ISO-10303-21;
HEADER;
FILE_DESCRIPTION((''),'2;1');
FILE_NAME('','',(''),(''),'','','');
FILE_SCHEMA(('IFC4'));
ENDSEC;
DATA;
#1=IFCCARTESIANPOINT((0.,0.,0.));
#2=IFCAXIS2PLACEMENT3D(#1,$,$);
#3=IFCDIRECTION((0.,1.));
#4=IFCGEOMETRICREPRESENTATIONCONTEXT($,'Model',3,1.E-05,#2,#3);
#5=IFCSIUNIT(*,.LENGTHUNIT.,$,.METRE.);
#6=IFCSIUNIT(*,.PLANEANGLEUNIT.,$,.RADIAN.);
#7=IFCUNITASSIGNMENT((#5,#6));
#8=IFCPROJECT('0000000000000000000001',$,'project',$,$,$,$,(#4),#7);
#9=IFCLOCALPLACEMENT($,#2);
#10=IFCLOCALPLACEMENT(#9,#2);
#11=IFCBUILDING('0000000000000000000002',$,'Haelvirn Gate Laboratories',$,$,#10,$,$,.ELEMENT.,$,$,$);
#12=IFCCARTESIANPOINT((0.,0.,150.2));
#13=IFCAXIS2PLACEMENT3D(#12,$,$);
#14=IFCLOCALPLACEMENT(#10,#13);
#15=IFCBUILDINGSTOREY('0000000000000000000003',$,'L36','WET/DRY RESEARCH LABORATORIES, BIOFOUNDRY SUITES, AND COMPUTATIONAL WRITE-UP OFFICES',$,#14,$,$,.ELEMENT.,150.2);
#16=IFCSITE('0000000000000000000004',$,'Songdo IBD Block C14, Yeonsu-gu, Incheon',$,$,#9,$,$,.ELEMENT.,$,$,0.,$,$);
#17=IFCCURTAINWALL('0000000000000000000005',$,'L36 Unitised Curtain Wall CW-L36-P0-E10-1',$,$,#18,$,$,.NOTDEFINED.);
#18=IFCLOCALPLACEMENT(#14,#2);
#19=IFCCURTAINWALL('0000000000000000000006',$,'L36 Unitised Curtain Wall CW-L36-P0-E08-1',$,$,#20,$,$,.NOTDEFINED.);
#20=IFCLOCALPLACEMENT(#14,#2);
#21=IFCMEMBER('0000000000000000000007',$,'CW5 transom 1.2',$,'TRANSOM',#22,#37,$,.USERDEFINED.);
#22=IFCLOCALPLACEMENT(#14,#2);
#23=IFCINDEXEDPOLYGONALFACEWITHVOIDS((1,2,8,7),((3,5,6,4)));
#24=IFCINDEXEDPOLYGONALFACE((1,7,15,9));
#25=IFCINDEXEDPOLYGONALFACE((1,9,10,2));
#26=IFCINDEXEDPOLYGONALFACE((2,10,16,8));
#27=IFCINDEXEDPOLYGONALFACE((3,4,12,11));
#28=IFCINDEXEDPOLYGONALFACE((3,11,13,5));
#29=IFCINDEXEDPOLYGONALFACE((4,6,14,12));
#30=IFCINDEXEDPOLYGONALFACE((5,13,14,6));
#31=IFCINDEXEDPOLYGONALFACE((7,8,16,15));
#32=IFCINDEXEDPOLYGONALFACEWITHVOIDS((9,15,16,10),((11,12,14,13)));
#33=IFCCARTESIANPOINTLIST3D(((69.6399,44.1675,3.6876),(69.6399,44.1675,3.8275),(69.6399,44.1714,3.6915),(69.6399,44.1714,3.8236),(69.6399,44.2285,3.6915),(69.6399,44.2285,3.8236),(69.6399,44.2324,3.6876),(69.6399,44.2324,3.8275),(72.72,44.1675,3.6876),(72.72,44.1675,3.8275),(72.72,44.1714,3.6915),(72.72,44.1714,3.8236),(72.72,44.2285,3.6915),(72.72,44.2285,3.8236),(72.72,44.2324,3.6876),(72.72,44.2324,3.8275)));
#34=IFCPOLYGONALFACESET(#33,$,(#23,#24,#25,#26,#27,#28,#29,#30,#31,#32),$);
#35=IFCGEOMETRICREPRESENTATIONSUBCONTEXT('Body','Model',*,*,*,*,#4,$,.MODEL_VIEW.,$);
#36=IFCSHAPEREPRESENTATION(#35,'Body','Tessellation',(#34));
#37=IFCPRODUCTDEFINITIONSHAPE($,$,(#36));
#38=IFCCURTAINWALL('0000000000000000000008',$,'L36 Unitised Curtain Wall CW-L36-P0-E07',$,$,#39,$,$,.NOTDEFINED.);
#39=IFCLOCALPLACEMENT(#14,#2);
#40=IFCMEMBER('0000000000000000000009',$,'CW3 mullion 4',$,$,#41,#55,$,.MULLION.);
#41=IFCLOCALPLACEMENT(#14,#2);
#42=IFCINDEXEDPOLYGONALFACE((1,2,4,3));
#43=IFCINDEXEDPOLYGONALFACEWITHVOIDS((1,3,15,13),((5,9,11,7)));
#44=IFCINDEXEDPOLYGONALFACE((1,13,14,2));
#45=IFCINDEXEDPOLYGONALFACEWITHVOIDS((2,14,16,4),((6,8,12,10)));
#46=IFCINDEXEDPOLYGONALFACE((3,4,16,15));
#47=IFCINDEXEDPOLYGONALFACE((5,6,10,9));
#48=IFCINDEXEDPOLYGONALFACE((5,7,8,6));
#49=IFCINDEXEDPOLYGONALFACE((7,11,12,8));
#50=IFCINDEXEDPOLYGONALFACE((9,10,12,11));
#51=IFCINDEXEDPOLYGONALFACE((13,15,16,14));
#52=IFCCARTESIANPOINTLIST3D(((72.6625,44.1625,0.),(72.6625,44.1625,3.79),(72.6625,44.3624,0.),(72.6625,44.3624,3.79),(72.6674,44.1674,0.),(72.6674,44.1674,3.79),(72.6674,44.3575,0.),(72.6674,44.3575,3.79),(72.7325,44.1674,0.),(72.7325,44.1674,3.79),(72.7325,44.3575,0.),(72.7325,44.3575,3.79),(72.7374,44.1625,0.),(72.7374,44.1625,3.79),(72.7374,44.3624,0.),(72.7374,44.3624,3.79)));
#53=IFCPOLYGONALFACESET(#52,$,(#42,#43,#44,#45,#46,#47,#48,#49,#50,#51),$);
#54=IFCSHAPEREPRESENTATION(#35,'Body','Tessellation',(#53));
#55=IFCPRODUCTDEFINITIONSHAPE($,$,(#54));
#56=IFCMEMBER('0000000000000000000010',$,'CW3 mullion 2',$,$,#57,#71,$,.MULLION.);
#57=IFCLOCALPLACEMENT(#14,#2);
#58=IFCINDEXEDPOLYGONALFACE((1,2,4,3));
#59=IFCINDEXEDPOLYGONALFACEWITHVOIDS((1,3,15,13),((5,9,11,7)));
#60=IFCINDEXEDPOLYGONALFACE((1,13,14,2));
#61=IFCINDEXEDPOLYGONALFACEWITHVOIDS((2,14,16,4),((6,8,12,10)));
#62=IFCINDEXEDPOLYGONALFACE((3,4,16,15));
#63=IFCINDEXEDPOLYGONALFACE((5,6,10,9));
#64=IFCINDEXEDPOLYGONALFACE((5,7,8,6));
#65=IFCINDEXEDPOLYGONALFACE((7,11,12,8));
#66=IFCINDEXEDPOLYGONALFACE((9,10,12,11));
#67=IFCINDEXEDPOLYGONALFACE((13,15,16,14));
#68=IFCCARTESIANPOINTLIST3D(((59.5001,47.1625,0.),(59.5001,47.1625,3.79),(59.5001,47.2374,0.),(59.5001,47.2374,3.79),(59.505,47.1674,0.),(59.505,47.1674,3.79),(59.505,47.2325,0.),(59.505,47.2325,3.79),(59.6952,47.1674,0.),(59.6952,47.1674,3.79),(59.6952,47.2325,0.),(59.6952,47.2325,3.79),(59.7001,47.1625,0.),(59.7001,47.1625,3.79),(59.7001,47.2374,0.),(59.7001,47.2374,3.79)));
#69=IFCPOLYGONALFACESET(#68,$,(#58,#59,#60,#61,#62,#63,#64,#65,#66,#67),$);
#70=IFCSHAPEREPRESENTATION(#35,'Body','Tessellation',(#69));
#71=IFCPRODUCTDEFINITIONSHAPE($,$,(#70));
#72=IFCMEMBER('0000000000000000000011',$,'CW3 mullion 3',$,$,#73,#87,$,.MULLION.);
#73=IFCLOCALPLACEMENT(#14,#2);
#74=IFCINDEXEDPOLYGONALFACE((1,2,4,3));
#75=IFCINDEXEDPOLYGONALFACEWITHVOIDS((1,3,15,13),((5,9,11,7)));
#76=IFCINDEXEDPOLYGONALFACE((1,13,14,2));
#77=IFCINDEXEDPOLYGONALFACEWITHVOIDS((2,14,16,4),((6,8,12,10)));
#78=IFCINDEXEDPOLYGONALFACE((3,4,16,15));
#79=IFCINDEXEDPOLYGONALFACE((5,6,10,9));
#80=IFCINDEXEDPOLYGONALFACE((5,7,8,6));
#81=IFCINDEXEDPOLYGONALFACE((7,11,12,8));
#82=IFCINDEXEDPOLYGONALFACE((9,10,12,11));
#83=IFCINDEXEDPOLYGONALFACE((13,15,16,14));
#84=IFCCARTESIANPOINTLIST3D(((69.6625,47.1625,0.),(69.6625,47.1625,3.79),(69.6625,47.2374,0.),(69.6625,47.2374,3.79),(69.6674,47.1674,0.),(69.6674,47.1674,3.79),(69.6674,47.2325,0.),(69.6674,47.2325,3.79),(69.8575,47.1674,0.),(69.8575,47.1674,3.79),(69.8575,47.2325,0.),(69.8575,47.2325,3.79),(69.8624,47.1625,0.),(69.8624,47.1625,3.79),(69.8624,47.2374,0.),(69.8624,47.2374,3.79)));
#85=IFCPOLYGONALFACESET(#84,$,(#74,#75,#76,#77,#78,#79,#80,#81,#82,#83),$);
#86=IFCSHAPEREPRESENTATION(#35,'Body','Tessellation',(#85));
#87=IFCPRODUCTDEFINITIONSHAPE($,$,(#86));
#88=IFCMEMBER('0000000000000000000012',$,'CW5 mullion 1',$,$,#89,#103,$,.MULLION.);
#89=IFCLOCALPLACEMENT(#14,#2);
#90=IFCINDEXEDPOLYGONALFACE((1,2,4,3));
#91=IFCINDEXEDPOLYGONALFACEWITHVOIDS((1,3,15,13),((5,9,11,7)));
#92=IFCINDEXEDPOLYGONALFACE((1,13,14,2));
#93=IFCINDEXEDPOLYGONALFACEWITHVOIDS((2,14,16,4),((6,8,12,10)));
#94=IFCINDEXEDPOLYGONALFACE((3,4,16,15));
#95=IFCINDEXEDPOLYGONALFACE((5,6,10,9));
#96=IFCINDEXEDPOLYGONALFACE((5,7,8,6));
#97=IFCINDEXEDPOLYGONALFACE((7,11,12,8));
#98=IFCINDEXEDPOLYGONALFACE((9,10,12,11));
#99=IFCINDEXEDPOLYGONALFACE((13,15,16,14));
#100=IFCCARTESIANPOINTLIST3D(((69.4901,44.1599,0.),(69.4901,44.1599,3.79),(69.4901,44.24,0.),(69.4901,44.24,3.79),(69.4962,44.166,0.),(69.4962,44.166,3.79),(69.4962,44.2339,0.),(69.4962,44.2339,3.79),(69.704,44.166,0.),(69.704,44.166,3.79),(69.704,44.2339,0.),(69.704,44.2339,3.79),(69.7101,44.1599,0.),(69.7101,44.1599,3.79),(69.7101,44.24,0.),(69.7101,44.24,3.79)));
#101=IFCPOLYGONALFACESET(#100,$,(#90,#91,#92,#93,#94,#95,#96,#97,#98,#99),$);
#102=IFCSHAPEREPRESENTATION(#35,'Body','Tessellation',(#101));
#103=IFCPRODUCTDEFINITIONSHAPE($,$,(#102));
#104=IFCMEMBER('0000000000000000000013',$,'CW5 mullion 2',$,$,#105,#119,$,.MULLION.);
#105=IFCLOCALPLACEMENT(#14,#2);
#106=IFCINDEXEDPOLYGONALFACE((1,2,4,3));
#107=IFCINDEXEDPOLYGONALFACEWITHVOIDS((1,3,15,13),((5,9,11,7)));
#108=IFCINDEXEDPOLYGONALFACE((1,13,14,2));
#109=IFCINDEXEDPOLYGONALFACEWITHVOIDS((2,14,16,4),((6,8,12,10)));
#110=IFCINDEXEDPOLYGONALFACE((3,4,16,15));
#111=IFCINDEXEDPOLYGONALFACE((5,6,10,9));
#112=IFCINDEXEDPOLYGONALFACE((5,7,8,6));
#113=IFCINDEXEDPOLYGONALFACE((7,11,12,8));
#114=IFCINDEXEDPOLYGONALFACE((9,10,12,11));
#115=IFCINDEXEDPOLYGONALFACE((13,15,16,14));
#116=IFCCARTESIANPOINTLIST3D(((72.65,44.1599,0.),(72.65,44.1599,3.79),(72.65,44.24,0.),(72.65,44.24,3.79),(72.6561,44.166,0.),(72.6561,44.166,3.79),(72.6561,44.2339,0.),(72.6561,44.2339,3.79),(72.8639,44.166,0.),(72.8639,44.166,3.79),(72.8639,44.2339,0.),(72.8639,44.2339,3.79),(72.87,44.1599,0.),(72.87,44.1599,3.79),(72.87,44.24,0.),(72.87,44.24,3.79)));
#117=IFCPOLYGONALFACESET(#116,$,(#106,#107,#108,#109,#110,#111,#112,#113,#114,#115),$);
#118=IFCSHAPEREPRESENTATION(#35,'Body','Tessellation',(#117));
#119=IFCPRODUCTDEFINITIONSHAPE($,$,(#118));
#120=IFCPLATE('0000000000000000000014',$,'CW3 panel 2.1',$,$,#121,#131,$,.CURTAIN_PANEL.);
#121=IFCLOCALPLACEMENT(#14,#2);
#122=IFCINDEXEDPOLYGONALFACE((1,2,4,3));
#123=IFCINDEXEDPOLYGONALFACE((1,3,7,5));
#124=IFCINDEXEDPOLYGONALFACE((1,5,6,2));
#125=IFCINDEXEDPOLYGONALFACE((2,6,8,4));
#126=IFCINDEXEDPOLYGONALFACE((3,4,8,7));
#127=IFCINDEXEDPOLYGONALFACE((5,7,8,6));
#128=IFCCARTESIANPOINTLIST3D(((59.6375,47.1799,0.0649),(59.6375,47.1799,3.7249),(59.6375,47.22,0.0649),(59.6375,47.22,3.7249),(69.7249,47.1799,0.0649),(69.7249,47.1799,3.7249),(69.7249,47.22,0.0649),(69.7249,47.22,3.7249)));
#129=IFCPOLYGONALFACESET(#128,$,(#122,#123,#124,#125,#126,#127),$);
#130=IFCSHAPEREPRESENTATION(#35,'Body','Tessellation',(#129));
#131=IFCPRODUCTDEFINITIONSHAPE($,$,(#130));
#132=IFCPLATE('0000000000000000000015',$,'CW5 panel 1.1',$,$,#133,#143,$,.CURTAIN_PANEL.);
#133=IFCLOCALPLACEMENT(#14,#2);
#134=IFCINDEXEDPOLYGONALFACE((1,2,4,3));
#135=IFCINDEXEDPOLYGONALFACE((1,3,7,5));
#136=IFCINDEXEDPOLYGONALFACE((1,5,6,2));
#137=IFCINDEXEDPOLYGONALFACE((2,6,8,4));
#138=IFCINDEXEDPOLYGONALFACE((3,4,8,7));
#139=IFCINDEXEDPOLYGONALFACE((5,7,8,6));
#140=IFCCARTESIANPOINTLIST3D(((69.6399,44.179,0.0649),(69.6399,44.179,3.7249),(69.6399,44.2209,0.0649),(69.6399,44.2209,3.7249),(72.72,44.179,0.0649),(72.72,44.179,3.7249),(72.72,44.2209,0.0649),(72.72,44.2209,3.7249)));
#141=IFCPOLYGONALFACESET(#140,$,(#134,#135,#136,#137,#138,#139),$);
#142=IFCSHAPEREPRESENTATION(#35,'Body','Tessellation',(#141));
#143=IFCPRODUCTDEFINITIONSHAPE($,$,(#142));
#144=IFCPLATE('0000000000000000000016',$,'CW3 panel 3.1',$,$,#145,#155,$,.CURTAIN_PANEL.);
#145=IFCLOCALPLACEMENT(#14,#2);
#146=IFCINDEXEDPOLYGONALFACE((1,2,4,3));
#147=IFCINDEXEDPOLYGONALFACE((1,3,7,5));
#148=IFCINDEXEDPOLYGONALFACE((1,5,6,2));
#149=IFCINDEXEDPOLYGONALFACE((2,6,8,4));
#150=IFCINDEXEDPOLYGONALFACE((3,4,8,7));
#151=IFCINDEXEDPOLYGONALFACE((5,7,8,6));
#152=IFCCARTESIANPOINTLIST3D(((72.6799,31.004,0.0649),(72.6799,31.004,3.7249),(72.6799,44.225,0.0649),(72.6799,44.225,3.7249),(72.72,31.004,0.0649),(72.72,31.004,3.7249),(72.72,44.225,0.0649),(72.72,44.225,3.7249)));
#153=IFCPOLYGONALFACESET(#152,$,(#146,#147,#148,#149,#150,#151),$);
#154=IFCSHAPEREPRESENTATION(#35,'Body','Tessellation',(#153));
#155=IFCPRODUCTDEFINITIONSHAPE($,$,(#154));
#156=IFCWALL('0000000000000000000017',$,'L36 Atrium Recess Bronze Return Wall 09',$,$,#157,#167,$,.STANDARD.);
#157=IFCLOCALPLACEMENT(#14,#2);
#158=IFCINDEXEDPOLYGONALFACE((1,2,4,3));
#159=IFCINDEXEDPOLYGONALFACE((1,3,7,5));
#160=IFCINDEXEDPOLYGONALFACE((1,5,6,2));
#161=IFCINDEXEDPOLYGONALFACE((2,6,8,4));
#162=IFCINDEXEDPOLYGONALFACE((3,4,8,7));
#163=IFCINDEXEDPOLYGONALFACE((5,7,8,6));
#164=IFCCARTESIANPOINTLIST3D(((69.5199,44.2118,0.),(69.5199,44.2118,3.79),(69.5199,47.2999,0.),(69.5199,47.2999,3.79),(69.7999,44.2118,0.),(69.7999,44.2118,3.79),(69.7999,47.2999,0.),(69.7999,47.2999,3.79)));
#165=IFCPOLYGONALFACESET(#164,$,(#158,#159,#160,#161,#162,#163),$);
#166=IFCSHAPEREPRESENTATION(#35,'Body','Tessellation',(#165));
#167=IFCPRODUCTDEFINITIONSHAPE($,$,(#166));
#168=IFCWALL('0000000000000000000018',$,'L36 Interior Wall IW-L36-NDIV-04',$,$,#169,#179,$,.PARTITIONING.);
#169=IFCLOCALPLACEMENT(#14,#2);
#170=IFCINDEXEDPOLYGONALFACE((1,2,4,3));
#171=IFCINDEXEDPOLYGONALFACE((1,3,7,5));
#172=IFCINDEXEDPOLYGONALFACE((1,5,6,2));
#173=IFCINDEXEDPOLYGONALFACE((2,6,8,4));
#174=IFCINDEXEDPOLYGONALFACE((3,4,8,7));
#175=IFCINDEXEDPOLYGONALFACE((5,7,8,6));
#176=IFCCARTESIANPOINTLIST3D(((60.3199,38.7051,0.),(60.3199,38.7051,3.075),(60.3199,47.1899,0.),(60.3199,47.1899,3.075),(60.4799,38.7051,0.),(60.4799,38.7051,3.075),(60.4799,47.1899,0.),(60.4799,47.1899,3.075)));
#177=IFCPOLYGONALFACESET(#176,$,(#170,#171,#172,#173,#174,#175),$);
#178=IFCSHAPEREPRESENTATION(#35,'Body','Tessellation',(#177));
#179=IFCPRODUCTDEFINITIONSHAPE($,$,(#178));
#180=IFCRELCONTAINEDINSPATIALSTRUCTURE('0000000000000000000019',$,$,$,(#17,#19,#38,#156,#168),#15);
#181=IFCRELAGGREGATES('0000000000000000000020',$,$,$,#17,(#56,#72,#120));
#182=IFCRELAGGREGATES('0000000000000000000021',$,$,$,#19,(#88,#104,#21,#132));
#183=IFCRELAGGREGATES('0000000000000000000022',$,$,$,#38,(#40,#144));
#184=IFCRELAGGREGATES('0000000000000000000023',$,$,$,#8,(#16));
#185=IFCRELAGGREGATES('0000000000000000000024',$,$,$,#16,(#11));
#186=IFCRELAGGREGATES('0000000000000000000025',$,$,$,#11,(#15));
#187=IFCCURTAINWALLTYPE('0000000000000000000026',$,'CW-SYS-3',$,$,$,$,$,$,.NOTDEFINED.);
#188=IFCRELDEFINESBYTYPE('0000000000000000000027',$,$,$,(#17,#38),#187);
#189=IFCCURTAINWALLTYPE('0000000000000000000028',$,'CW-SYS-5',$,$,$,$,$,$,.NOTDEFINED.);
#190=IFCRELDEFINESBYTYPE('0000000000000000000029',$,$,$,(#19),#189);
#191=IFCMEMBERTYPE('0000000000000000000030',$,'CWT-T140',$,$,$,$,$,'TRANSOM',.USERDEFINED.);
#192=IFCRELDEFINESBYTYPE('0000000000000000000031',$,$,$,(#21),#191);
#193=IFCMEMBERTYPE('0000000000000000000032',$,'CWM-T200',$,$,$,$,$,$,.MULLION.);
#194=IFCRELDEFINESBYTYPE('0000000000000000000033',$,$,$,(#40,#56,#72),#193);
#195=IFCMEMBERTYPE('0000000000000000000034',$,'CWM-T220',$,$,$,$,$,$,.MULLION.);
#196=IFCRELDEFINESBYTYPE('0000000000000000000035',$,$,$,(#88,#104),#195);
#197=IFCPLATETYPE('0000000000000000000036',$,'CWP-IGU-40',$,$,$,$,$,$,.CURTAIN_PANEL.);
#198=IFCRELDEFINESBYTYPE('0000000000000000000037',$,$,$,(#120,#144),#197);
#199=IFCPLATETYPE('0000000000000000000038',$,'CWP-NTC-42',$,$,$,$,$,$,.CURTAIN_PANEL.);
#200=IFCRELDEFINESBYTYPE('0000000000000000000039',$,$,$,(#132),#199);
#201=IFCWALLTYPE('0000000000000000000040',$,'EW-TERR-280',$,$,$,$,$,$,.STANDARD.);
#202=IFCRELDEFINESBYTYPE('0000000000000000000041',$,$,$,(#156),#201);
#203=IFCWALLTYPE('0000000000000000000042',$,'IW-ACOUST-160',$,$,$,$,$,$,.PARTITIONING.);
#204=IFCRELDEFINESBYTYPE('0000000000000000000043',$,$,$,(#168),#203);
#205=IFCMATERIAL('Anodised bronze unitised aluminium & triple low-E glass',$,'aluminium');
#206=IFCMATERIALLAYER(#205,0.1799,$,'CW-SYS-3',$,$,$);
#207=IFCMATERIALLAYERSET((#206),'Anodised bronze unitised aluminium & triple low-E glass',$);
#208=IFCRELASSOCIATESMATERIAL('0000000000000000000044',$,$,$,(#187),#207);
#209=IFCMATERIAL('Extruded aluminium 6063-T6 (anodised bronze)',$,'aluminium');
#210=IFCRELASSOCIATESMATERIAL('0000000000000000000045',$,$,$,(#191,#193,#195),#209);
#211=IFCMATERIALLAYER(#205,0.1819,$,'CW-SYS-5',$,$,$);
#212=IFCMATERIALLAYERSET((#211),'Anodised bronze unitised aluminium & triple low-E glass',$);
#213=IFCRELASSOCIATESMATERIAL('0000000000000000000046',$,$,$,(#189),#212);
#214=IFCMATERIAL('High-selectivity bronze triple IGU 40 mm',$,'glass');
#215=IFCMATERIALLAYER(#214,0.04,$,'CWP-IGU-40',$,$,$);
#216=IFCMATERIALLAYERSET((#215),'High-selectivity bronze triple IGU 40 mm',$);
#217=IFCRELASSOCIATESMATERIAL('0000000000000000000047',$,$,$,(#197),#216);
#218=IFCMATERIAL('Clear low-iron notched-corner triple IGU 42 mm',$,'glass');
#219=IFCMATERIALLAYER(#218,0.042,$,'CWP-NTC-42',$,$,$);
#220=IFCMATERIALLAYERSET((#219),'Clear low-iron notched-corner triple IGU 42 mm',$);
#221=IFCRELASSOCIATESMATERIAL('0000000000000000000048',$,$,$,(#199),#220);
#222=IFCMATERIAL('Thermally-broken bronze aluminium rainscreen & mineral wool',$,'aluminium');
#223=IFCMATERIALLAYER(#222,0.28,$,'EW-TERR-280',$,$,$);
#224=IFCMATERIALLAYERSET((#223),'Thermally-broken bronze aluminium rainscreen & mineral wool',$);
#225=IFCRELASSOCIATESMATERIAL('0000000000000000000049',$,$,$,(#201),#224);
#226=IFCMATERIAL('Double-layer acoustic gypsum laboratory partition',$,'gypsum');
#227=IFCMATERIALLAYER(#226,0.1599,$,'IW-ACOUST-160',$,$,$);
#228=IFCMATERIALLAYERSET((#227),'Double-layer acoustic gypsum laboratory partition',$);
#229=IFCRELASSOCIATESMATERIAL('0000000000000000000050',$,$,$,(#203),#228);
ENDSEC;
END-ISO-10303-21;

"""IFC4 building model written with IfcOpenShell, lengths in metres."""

from ifc_helpers import new_model, si_unit, direction, frame, frame_2d, origin, origin_2d, place, context, subcontext, project, spatial, rectangle, hollow_rectangle, extrude, source, transform, mapped, material, layer, layer_set, material_profile, profile_set, type_object, type_shapes, element, aggregate, save


model = new_model("IFC4")

# Units and contexts
model_context = context("Model", 3, precision=1e-05, world=origin(), true_north=direction((0.0, 1.0)))
body_context = subcontext(model_context, "Body", "Model", "MODEL_VIEW")
ifc_project = project(units=[si_unit("LENGTHUNIT", "METRE"), si_unit("PLANEANGLEUNIT", "RADIAN")], contexts=[model_context])

# Site, building, storey
site_placement = place(None, origin())
site = spatial("IfcSite", under=ifc_project, at=site_placement, Name="Songdo IBD Block C14, Yeonsu-gu, Incheon", CompositionType="ELEMENT", RefElevation=0.0)
building_placement = place(site_placement, origin())
building = spatial("IfcBuilding", under=site, at=building_placement, Name="Haelvirn Gate Laboratories", CompositionType="ELEMENT")
storey_placement = place(building_placement, frame((0.0, 0.0, 150.2)))
storey = spatial("IfcBuildingStorey", under=building, at=storey_placement, Name="L36", Description="WET/DRY RESEARCH LABORATORIES, BIOFOUNDRY SUITES, AND COMPUTATIONAL WRITE-UP OFFICES", CompositionType="ELEMENT", Elevation=150.2)

# Curtain walls, member
ifc_material_1 = material(Name="Anodised bronze unitised aluminium & triple low-E glass", Category="aluminium")
ifc_layer_1 = layer(ifc_material_1, 0.1799, Name="CW-SYS-3")
ifc_layer_set_1 = layer_set([ifc_layer_1], Name="Anodised bronze unitised aluminium & triple low-E glass")
curtain_wall_type_1 = type_object("IfcCurtainWallType", Name="CW-SYS-3", PredefinedType="NOTDEFINED", material=ifc_layer_set_1)
curtain_wall_1_placement = place(storey_placement, origin())
curtain_wall_1 = element("IfcCurtainWall", 1, at=curtain_wall_1_placement, inside=storey, type_object=curtain_wall_type_1, Name="L36 Unitised Curtain Wall CW-L36-P0-E10-1", PredefinedType="NOTDEFINED")
ifc_material_2 = material(Name="Extruded aluminium 6063-T6 (anodised bronze)", Category="aluminium")
ifc_material_profile_1 = material_profile(ifc_material_2, hollow_rectangle(XDim=0.0649, YDim=0.1399, WallThickness=0.0039, at=origin_2d()), Name="CWT-140x65x4")
ifc_profile_set_1 = profile_set([ifc_material_profile_1], Name="Extruded aluminium 6063-T6 (anodised bronze)")
member_type_1 = type_object("IfcMemberType", Name="CWT-T140", ElementType="TRANSOM", PredefinedType="USERDEFINED", material=ifc_profile_set_1)
ifc_layer_2 = layer(ifc_material_1, 0.1819, Name="CW-SYS-5")
ifc_layer_set_2 = layer_set([ifc_layer_2], Name="Anodised bronze unitised aluminium & triple low-E glass")
curtain_wall_type_2 = type_object("IfcCurtainWallType", Name="CW-SYS-5", PredefinedType="NOTDEFINED", material=ifc_layer_set_2)
curtain_wall_2_placement = place(storey_placement, origin())
curtain_wall_2 = element("IfcCurtainWall", 2, at=curtain_wall_2_placement, inside=storey, type_object=curtain_wall_type_2, Name="L36 Unitised Curtain Wall CW-L36-P0-E08-1", PredefinedType="NOTDEFINED")
shared_shape_1 = source(origin(), body_context, "Body", "SweptSolid", [
    extrude(hollow_rectangle(XDim=0.0649, YDim=0.1399, WallThickness=0.0039, at=origin_2d()), origin(), (0.0, 0.0, 1.0), 3.0801),
])
member_1_placement = place(storey_placement, frame((69.6399, 44.2, 3.7576), z_axis=(1.0, 0.0, 0.0), x_axis=(0.0, 1.0, 0.0)))
member_1 = element("IfcMember", 3, at=member_1_placement, type_object=member_type_1, Name="CW5 transom 1.2", ObjectType="TRANSOM", PredefinedType="USERDEFINED", context=body_context, shape_type="MappedRepresentation", body=[
    mapped(shared_shape_1, transform((0.0, 0.0, 0.0), scale=1.0)),
])

# Curtain wall, member
curtain_wall_3_placement = place(storey_placement, origin())
curtain_wall_3 = element("IfcCurtainWall", 4, at=curtain_wall_3_placement, inside=storey, type_object=curtain_wall_type_1, Name="L36 Unitised Curtain Wall CW-L36-P0-E07", PredefinedType="NOTDEFINED")
ifc_material_profile_2 = material_profile(ifc_material_2, hollow_rectangle(XDim=0.075, YDim=0.2, WallThickness=0.0049, at=origin_2d()), Name="CWM-200x75x5")
ifc_profile_set_2 = profile_set([ifc_material_profile_2], Name="Extruded aluminium 6063-T6 (anodised bronze)")
member_type_2 = type_object("IfcMemberType", Name="CWM-T200", PredefinedType="MULLION", material=ifc_profile_set_2)
shared_shape_2 = source(origin(), body_context, "Body", "SweptSolid", [
    extrude(hollow_rectangle(XDim=0.075, YDim=0.2, WallThickness=0.0049, at=origin_2d()), origin(), (0.0, 0.0, 1.0), 3.79),
])
type_shapes(member_type_2, [shared_shape_2])
member_2_placement = place(storey_placement, frame((72.7, 44.2625, 0.0), z_axis=(0.0, 0.0, 1.0), x_axis=(-1.0, 0.0, 0.0)))
member_2 = element("IfcMember", 5, at=member_2_placement, type_object=member_type_2, Name="CW3 mullion 4", PredefinedType="MULLION", context=body_context, shape_type="MappedRepresentation", body=[
    mapped(shared_shape_2, transform((0.0, 0.0, 0.0), scale=1.0)),
])

# Members
member_3_placement = place(storey_placement, frame((59.6001, 47.2, 0.0), z_axis=(0.0, 0.0, 1.0), x_axis=(0.0, 1.0, 0.0)))
member_3 = element("IfcMember", 6, at=member_3_placement, type_object=member_type_2, Name="CW3 mullion 2", PredefinedType="MULLION", context=body_context, shape_type="MappedRepresentation", body=[
    mapped(shared_shape_2, transform((0.0, 0.0, 0.0), scale=1.0)),
])
member_4_placement = place(storey_placement, frame((69.7625, 47.2, 0.0), z_axis=(0.0, 0.0, 1.0), x_axis=(0.0, 1.0, 0.0)))
member_4 = element("IfcMember", 7, at=member_4_placement, type_object=member_type_2, Name="CW3 mullion 3", PredefinedType="MULLION", context=body_context, shape_type="MappedRepresentation", body=[
    mapped(shared_shape_2, transform((0.0, 0.0, 0.0), scale=1.0)),
])
ifc_material_profile_3 = material_profile(ifc_material_2, hollow_rectangle(XDim=0.0801, YDim=0.22, WallThickness=0.0061, at=origin_2d()), Name="CWM-220x80x6")
ifc_profile_set_3 = profile_set([ifc_material_profile_3], Name="Extruded aluminium 6063-T6 (anodised bronze)")
member_type_3 = type_object("IfcMemberType", Name="CWM-T220", PredefinedType="MULLION", material=ifc_profile_set_3)
shared_shape_3 = source(origin(), body_context, "Body", "SweptSolid", [
    extrude(hollow_rectangle(XDim=0.0801, YDim=0.22, WallThickness=0.0061, at=origin_2d()), origin(), (0.0, 0.0, 1.0), 3.79),
])
type_shapes(member_type_3, [shared_shape_3])
member_5_placement = place(storey_placement, frame((69.6001, 44.2, 0.0), z_axis=(0.0, 0.0, 1.0), x_axis=(0.0, 1.0, 0.0)))
member_5 = element("IfcMember", 8, at=member_5_placement, type_object=member_type_3, Name="CW5 mullion 1", PredefinedType="MULLION", context=body_context, shape_type="MappedRepresentation", body=[
    mapped(shared_shape_3, transform((0.0, 0.0, 0.0), scale=1.0)),
])
member_6_placement = place(storey_placement, frame((72.76, 44.2, 0.0), z_axis=(0.0, 0.0, 1.0), x_axis=(0.0, 1.0, 0.0)))
member_6 = element("IfcMember", 9, at=member_6_placement, type_object=member_type_3, Name="CW5 mullion 2", PredefinedType="MULLION", context=body_context, shape_type="MappedRepresentation", body=[
    mapped(shared_shape_3, transform((0.0, 0.0, 0.0), scale=1.0)),
])

# Plates
ifc_material_3 = material(Name="High-selectivity bronze triple IGU 40 mm", Category="glass")
ifc_layer_3 = layer(ifc_material_3, 0.04, Name="CWP-IGU-40")
ifc_layer_set_3 = layer_set([ifc_layer_3], Name="High-selectivity bronze triple IGU 40 mm")
plate_type_1 = type_object("IfcPlateType", Name="CWP-IGU-40", PredefinedType="CURTAIN_PANEL", material=ifc_layer_set_3)
shared_shape_4 = source(origin(), body_context, "Body", "SweptSolid", [
    extrude(rectangle(XDim=10.0874, YDim=0.04, at=origin_2d()), origin(), (0.0, 0.0, 1.0), 3.6599),
])
plate_1_placement = place(storey_placement, frame((64.6812, 47.2, 0.0649), z_axis=(0.0, 0.0, 1.0), x_axis=(1.0, 0.0, 0.0)))
plate_1 = element("IfcPlate", 10, at=plate_1_placement, type_object=plate_type_1, Name="CW3 panel 2.1", PredefinedType="CURTAIN_PANEL", context=body_context, shape_type="MappedRepresentation", body=[
    mapped(shared_shape_4, transform((0.0, 0.0, 0.0), scale=1.0)),
])
aggregate(curtain_wall_1, [member_3, member_4, plate_1])
ifc_material_4 = material(Name="Clear low-iron notched-corner triple IGU 42 mm", Category="glass")
ifc_layer_4 = layer(ifc_material_4, 0.042, Name="CWP-NTC-42")
ifc_layer_set_4 = layer_set([ifc_layer_4], Name="Clear low-iron notched-corner triple IGU 42 mm")
plate_type_2 = type_object("IfcPlateType", Name="CWP-NTC-42", PredefinedType="CURTAIN_PANEL", material=ifc_layer_set_4)
shared_shape_5 = source(origin(), body_context, "Body", "SweptSolid", [
    extrude(rectangle(XDim=3.0801, YDim=0.042, at=origin_2d()), origin(), (0.0, 0.0, 1.0), 3.6599),
])
type_shapes(plate_type_2, [shared_shape_5])
plate_2_placement = place(storey_placement, frame((71.1799, 44.2, 0.0649), z_axis=(0.0, 0.0, 1.0), x_axis=(1.0, 0.0, 0.0)))
plate_2 = element("IfcPlate", 11, at=plate_2_placement, type_object=plate_type_2, Name="CW5 panel 1.1", PredefinedType="CURTAIN_PANEL", context=body_context, shape_type="MappedRepresentation", body=[
    mapped(shared_shape_5, transform((0.0, 0.0, 0.0), scale=1.0)),
])
aggregate(curtain_wall_2, [member_5, member_6, member_1, plate_2])
shared_shape_6 = source(origin(), body_context, "Body", "SweptSolid", [
    extrude(rectangle(XDim=13.2209, YDim=0.04, at=origin_2d()), origin(), (0.0, 0.0, 1.0), 3.6599),
])
type_shapes(plate_type_1, [shared_shape_4, shared_shape_6])
plate_3_placement = place(storey_placement, frame((72.7, 37.6145, 0.0649), z_axis=(0.0, 0.0, 1.0), x_axis=(0.0, 1.0, 0.0)))
plate_3 = element("IfcPlate", 12, at=plate_3_placement, type_object=plate_type_1, Name="CW3 panel 3.1", PredefinedType="CURTAIN_PANEL", context=body_context, shape_type="MappedRepresentation", body=[
    mapped(shared_shape_6, transform((0.0, 0.0, 0.0), scale=1.0)),
])
aggregate(curtain_wall_3, [member_2, plate_3])

# Walls
ifc_material_5 = material(Name="Thermally-broken bronze aluminium rainscreen & mineral wool", Category="aluminium")
ifc_layer_5 = layer(ifc_material_5, 0.28, Name="EW-TERR-280")
ifc_layer_set_5 = layer_set([ifc_layer_5], Name="Thermally-broken bronze aluminium rainscreen & mineral wool")
wall_type_1 = type_object("IfcWallType", Name="EW-TERR-280", PredefinedType="STANDARD", material=ifc_layer_set_5)
wall_1_placement = place(storey_placement, frame((69.6599, 44.2119, 0.0), z_axis=(0.0, 0.0, 1.0), x_axis=(0.0, 1.0, 0.0)))
element("IfcWall", 13, at=wall_1_placement, inside=storey, type_object=wall_type_1, Name="L36 Atrium Recess Bronze Return Wall 09", PredefinedType="STANDARD", context=body_context, shape_type="SweptSolid", body=[
    extrude(rectangle(XDim=3.0881, YDim=0.28, at=frame_2d((1.5439, 0.0))), origin(), (0.0, 0.0, 1.0), 3.79),
])
ifc_material_6 = material(Name="Double-layer acoustic gypsum laboratory partition", Category="gypsum")
ifc_layer_6 = layer(ifc_material_6, 0.1599, Name="IW-ACOUST-160")
ifc_layer_set_6 = layer_set([ifc_layer_6], Name="Double-layer acoustic gypsum laboratory partition")
wall_type_2 = type_object("IfcWallType", Name="IW-ACOUST-160", PredefinedType="PARTITIONING", material=ifc_layer_set_6)
wall_2_placement = place(storey_placement, frame((60.3999, 38.7051, 0.0), z_axis=(0.0, 0.0, 1.0), x_axis=(0.0, 1.0, 0.0)))
element("IfcWall", 14, at=wall_2_placement, inside=storey, type_object=wall_type_2, Name="L36 Interior Wall IW-L36-NDIV-04", PredefinedType="PARTITIONING", context=body_context, shape_type="SweptSolid", body=[
    extrude(rectangle(XDim=8.4849, YDim=0.1599, at=frame_2d((4.2424, 0.0))), origin(), (0.0, 0.0, 1.0), 3.075),
])

save(model, "model.ifc")
